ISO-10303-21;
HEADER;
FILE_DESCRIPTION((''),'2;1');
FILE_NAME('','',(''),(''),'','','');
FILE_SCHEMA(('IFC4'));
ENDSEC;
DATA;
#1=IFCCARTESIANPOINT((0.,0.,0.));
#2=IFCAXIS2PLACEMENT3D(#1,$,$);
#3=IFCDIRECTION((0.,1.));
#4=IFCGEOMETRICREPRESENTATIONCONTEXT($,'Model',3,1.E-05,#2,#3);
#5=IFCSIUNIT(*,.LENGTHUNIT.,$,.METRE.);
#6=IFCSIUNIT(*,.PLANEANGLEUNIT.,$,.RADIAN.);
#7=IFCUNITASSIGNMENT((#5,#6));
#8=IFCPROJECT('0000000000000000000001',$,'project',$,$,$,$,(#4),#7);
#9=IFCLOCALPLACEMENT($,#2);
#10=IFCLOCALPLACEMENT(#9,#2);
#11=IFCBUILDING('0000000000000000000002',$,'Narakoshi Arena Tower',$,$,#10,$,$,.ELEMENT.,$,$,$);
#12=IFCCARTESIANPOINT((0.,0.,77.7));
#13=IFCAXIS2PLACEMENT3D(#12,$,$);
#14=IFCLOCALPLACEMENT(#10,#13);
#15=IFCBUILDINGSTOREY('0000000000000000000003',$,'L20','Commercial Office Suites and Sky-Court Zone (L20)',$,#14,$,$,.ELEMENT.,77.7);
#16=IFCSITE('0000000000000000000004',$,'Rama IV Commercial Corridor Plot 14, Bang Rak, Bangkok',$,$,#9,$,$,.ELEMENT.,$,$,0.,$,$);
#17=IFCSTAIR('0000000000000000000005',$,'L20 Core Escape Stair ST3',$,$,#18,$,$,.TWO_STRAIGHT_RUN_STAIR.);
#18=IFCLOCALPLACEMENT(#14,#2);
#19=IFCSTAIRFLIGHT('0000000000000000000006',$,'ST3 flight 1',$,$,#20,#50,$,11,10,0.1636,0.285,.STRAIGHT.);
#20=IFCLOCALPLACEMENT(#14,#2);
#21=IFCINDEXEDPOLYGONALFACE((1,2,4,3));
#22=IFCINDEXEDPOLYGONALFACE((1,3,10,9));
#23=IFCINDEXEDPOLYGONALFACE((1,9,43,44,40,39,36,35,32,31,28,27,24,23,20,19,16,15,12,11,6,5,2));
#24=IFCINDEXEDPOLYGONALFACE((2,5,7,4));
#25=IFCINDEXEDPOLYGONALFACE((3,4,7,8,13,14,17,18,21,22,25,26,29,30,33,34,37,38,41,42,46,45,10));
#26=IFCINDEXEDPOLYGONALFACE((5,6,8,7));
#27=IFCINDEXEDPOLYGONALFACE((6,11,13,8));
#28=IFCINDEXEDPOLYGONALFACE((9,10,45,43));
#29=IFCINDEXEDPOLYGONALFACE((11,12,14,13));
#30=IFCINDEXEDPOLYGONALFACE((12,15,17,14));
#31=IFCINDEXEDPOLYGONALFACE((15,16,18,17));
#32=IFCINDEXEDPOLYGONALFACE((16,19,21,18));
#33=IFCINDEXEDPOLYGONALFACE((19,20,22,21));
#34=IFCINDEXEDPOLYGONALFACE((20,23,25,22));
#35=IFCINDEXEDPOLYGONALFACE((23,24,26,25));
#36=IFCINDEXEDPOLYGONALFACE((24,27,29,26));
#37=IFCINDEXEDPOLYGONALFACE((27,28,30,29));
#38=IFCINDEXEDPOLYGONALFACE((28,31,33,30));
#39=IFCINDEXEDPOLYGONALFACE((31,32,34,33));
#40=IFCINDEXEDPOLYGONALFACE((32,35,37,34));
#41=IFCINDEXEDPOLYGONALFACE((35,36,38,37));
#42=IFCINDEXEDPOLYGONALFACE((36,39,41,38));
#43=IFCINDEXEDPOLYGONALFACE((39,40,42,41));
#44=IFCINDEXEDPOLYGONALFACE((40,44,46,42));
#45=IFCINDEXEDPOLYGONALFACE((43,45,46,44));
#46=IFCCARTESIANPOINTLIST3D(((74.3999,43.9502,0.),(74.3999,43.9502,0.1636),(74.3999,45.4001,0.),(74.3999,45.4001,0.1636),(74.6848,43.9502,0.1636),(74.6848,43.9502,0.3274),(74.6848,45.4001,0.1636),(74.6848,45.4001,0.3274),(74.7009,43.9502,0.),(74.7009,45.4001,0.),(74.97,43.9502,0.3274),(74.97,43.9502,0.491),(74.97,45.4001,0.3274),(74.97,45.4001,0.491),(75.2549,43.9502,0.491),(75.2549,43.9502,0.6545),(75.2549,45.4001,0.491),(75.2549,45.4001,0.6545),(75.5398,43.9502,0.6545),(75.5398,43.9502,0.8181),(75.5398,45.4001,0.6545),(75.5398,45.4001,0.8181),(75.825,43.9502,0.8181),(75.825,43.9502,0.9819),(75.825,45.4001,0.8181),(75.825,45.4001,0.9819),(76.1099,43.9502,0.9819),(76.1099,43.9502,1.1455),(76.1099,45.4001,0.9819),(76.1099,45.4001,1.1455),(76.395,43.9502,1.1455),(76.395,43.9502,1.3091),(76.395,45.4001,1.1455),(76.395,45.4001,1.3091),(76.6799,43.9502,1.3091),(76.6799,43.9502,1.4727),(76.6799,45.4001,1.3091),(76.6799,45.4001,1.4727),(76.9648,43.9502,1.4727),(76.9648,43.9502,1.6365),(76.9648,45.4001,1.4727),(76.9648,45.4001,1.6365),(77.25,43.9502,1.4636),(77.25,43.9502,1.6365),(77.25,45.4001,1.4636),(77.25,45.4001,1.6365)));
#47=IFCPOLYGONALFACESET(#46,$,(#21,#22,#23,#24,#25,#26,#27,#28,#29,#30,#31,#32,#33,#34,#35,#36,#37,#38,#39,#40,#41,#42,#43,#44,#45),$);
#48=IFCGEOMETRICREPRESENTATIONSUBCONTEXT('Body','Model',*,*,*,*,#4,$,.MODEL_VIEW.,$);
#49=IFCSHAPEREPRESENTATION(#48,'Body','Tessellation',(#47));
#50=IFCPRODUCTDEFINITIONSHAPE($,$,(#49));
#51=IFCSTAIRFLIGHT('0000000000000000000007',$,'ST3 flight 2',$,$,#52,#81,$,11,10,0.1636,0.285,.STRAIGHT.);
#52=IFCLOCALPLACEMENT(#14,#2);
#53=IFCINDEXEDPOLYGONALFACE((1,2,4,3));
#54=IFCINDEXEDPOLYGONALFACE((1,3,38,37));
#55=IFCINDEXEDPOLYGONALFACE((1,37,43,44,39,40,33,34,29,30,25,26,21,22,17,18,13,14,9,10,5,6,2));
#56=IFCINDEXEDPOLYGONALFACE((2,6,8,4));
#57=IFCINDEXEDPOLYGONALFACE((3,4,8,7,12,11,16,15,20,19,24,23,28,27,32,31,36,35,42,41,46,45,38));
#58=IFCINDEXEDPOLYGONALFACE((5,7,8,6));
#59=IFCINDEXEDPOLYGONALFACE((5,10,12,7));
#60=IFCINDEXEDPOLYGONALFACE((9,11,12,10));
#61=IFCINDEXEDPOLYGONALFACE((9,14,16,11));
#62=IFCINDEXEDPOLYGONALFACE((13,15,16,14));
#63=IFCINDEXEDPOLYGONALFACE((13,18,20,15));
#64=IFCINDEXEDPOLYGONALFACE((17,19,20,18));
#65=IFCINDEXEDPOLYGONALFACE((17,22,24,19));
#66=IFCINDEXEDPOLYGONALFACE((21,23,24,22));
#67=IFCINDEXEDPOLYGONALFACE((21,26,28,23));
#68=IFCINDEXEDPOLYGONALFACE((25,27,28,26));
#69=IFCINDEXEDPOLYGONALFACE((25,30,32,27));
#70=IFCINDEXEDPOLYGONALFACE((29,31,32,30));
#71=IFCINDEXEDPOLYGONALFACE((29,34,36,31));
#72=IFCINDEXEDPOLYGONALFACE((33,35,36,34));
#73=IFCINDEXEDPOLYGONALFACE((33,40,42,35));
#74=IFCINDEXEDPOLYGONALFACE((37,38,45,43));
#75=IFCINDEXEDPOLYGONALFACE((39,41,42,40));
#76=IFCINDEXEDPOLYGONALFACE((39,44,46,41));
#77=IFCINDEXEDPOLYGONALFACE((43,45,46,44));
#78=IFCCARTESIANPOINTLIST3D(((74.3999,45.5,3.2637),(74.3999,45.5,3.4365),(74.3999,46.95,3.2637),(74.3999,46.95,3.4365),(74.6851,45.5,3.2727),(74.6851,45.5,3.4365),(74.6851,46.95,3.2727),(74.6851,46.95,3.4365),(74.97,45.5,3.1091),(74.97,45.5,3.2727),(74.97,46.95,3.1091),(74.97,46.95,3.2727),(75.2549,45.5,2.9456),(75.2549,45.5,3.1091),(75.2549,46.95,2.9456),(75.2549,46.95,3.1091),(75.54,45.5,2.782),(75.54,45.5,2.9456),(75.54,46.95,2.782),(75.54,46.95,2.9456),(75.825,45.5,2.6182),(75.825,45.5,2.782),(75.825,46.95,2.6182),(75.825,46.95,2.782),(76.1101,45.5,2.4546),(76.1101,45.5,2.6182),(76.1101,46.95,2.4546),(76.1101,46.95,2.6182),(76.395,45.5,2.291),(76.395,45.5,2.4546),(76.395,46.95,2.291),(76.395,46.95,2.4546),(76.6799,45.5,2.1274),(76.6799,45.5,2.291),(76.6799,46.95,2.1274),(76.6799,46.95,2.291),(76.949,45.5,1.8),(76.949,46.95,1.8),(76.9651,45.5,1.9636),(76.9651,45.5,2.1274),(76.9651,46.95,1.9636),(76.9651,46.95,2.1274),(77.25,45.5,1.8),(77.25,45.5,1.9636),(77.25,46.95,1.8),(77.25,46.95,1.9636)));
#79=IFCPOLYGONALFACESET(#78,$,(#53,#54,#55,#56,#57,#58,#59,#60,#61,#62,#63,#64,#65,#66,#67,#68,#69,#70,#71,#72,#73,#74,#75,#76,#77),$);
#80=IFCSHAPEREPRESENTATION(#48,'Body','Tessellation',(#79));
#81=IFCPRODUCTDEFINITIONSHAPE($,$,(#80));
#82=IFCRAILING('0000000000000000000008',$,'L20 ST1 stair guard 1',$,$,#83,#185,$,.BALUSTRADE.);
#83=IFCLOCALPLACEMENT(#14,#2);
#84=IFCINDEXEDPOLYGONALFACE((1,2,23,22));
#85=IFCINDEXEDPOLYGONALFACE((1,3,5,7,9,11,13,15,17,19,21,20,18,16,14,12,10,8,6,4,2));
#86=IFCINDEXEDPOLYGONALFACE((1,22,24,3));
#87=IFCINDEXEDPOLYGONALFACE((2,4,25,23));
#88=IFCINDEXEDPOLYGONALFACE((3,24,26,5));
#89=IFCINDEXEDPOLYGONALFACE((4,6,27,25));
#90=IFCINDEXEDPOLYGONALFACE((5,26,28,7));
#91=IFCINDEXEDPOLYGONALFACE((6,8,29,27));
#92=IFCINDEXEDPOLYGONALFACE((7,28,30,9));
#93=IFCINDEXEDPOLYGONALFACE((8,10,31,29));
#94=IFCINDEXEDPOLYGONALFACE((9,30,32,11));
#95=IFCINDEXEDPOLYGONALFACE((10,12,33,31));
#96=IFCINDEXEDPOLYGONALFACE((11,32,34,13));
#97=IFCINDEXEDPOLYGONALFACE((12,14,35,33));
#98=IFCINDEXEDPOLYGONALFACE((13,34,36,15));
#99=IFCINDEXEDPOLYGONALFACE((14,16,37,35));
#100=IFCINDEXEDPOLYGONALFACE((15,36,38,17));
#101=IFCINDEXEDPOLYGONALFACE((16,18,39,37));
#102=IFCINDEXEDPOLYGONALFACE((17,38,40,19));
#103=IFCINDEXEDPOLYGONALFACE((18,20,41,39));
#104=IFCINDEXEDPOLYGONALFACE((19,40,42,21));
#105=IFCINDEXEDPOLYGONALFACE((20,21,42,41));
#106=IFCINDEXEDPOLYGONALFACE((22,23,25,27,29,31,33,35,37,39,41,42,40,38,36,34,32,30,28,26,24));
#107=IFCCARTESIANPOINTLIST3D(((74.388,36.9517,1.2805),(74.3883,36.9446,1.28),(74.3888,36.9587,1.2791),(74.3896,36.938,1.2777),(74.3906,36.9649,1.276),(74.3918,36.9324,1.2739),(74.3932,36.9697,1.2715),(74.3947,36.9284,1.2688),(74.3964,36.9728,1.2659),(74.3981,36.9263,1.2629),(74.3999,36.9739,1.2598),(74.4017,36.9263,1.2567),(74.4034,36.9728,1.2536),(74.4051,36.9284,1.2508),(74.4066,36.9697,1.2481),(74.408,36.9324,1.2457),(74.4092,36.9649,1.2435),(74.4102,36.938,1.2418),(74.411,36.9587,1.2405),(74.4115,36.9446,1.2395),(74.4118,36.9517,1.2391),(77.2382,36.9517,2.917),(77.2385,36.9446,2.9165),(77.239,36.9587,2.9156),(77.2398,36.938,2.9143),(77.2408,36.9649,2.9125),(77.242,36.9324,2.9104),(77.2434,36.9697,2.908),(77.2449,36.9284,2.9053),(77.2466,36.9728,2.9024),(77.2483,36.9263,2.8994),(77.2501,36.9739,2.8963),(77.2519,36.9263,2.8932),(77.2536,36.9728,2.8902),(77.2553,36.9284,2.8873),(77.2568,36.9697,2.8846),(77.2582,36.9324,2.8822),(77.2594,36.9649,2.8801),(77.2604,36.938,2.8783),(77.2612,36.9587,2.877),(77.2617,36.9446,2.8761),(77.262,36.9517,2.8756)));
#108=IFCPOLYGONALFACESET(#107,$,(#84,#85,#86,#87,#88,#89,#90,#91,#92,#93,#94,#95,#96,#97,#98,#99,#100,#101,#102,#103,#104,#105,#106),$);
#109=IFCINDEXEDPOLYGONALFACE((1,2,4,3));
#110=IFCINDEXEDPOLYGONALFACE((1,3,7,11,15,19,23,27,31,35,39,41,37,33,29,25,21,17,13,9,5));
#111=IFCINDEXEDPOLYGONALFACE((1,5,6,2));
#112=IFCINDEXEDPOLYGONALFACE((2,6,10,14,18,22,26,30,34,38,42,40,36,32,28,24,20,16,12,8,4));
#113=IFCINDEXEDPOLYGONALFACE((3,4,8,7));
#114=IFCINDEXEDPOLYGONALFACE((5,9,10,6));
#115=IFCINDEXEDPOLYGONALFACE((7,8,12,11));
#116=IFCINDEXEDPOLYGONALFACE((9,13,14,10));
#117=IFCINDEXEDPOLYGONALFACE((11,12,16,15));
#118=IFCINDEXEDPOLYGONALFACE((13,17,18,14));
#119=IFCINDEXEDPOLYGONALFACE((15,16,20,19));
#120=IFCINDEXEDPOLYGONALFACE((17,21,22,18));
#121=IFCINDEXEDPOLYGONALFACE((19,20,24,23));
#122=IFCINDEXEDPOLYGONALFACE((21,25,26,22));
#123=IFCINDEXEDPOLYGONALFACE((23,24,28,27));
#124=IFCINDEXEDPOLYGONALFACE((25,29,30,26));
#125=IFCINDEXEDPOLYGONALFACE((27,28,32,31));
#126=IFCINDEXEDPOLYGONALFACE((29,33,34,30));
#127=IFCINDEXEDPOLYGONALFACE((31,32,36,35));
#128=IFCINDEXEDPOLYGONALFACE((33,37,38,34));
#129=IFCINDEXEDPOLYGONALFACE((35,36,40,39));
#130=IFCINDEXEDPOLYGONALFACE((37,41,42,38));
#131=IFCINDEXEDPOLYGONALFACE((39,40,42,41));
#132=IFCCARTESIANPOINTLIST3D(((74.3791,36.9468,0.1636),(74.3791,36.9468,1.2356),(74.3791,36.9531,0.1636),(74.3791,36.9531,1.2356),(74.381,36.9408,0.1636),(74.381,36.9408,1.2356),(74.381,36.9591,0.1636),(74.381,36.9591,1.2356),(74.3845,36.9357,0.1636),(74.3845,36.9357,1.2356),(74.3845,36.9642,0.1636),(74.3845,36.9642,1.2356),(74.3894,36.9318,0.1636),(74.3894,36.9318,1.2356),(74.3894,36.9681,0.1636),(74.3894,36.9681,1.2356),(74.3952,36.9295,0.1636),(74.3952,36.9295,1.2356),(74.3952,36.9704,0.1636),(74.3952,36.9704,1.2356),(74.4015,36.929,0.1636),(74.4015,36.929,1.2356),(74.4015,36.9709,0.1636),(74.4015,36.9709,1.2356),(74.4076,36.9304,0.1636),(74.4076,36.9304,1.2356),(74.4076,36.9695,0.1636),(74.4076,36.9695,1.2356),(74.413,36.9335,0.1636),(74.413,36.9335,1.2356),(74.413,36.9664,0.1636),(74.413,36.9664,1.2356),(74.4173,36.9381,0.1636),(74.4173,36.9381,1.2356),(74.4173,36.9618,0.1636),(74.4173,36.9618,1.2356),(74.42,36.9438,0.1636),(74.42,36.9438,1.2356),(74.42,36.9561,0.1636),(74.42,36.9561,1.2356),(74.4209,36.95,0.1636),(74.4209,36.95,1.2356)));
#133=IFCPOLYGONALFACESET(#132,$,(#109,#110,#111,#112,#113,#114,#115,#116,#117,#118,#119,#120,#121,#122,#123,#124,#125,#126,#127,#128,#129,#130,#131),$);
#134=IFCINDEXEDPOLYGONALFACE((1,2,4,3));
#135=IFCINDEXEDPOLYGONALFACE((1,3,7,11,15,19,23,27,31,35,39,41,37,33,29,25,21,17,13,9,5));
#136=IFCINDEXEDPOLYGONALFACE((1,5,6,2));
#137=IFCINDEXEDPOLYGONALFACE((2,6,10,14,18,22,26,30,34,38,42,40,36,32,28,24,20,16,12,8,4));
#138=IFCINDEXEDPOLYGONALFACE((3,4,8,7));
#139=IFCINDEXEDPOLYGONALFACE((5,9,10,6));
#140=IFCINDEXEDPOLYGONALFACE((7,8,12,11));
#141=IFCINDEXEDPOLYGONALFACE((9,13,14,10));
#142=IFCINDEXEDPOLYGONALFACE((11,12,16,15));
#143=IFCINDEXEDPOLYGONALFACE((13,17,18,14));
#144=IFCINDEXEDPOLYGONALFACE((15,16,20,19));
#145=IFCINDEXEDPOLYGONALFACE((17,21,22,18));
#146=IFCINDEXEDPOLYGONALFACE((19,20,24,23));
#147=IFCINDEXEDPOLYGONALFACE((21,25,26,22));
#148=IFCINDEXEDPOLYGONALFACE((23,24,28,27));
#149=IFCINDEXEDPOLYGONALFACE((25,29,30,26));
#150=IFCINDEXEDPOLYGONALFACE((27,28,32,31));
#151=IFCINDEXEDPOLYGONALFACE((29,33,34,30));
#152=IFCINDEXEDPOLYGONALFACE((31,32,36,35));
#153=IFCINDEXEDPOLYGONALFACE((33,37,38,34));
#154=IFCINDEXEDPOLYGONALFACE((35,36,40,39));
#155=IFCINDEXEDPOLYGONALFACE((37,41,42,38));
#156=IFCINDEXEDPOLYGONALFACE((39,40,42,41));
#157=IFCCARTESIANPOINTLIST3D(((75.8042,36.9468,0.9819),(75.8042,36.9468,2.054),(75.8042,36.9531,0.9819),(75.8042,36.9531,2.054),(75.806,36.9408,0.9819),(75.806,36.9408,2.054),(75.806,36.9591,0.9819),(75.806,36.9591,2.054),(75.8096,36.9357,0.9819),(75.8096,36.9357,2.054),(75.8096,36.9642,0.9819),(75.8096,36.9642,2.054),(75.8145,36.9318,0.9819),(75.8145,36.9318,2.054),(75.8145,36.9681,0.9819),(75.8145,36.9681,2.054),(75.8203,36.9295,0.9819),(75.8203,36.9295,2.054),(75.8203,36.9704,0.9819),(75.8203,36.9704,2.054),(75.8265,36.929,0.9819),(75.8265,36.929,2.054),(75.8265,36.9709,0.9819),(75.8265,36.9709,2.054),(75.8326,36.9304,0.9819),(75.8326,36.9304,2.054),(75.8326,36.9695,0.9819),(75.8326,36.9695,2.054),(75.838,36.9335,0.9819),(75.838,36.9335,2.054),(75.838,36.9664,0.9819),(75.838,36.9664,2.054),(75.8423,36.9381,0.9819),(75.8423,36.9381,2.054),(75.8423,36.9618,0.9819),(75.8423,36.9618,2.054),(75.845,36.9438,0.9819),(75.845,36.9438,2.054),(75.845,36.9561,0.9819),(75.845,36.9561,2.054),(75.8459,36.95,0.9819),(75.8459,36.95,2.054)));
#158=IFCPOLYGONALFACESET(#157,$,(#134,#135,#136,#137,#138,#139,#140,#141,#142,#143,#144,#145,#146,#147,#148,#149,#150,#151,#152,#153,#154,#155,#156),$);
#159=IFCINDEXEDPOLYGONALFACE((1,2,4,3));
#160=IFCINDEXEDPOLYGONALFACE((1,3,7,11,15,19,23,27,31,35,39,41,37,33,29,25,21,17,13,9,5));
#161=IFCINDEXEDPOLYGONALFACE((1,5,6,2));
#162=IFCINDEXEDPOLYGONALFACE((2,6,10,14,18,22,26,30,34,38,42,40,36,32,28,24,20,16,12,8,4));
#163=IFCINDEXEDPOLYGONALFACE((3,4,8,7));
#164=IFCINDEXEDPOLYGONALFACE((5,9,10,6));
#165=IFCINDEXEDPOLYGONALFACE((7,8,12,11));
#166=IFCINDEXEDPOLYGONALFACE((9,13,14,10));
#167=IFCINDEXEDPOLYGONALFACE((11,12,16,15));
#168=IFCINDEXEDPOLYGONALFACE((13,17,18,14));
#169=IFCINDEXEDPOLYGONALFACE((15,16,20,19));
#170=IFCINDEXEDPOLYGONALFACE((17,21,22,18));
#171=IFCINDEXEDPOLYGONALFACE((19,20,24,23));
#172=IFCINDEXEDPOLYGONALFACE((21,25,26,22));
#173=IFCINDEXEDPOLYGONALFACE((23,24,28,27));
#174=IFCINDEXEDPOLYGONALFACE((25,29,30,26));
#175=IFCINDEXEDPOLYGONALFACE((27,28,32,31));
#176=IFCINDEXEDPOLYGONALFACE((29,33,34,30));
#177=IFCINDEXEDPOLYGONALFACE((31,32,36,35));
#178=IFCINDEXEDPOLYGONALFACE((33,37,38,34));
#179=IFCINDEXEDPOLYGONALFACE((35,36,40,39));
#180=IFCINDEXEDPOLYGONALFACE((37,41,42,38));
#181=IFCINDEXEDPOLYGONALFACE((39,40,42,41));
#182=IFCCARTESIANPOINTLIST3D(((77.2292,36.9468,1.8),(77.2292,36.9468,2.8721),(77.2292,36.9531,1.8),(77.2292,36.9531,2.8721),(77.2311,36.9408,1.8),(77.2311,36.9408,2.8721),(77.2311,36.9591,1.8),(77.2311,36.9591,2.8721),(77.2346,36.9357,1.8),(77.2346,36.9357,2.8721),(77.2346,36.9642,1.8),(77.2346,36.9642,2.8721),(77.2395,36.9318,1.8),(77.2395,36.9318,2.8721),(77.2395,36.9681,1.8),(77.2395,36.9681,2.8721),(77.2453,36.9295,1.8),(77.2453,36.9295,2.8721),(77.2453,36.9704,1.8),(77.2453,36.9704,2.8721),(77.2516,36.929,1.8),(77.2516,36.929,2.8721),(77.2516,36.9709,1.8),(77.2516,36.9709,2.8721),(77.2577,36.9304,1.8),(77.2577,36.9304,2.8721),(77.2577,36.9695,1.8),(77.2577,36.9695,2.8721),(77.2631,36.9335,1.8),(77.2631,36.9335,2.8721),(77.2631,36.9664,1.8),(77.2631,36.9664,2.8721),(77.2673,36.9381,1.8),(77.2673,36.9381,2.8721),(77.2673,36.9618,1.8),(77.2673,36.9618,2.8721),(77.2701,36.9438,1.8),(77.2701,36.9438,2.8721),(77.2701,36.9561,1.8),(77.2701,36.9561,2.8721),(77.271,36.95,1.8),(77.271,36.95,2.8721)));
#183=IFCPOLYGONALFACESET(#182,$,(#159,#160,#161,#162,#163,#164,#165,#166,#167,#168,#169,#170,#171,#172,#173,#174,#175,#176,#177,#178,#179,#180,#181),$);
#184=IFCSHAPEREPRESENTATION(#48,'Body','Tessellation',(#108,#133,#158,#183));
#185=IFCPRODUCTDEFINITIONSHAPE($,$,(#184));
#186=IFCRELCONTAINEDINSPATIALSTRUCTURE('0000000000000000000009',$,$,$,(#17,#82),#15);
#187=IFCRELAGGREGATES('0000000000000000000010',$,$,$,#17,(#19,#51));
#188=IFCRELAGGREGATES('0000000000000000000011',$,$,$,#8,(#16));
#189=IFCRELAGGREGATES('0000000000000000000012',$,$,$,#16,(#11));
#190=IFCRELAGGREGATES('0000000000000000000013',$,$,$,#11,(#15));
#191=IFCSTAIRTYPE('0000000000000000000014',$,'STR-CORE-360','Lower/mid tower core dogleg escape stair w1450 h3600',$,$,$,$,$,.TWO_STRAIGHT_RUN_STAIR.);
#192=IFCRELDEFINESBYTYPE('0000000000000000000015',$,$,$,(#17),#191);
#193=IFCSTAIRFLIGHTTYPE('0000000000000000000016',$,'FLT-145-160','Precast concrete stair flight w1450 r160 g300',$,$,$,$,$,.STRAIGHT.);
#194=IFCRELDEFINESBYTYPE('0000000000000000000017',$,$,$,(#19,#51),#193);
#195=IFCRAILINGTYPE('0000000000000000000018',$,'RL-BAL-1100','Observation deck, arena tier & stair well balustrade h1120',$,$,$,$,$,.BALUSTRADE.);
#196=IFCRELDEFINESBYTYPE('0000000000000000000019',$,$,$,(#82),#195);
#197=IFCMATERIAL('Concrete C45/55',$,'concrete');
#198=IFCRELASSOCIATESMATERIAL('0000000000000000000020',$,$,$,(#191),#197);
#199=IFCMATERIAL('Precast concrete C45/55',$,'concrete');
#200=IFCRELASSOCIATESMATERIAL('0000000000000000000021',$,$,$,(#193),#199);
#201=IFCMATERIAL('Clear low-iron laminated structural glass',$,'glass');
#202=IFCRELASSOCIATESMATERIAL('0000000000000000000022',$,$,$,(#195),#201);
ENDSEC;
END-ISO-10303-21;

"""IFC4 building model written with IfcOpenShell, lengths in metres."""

from ifc_helpers import new_model, si_unit, direction, frame, origin, origin_2d, place, context, subcontext, project, spatial, polyline, circle, outline, extrude, material, type_object, element, aggregate, save


model = new_model("IFC4")

# Units and contexts
model_context = context("Model", 3, precision=1e-05, world=origin(), true_north=direction((0.0, 1.0)))
body_context = subcontext(model_context, "Body", "Model", "MODEL_VIEW")
ifc_project = project(units=[si_unit("LENGTHUNIT", "METRE"), si_unit("PLANEANGLEUNIT", "RADIAN")], contexts=[model_context])

# Site, building, storey
site_placement = place(None, origin())
site = spatial("IfcSite", under=ifc_project, at=site_placement, Name="Rama IV Commercial Corridor Plot 14, Bang Rak, Bangkok", CompositionType="ELEMENT", RefElevation=0.0)
building_placement = place(site_placement, origin())
building = spatial("IfcBuilding", under=site, at=building_placement, Name="Narakoshi Arena Tower", CompositionType="ELEMENT")
storey_placement = place(building_placement, frame((0.0, 0.0, 77.7)))
storey = spatial("IfcBuildingStorey", under=building, at=storey_placement, Name="L20", Description="Commercial Office Suites and Sky-Court Zone (L20)", CompositionType="ELEMENT", Elevation=77.7)

# Stair, stair flights
ifc_material_1 = material(Name="Concrete C45/55", Category="concrete")
stair_type = type_object("IfcStairType", Name="STR-CORE-360", Description="Lower/mid tower core dogleg escape stair w1450 h3600", PredefinedType="TWO_STRAIGHT_RUN_STAIR", material=ifc_material_1)
ifc_material_2 = material(Name="Precast concrete C45/55", Category="concrete")
stair_flight_type = type_object("IfcStairFlightType", Name="FLT-145-160", Description="Precast concrete stair flight w1450 r160 g300", PredefinedType="STRAIGHT", material=ifc_material_2)
stair_1_placement = place(storey_placement, origin())
stair_1 = element("IfcStair", 1, at=stair_1_placement, inside=storey, type_object=stair_type, Name="L20 Core Escape Stair ST3", PredefinedType="TWO_STRAIGHT_RUN_STAIR")
stair_flight_1_placement = place(storey_placement, frame((74.3999, 44.675, 0.0), z_axis=(0.0, 0.0, 1.0), x_axis=(1.0, 0.0, 0.0)))
stair_flight_1 = element("IfcStairFlight", 2, at=stair_flight_1_placement, type_object=stair_flight_type, Name="ST3 flight 1", NumberOfRisers=11, NumberOfTreads=10, PredefinedType="STRAIGHT", RiserHeight=0.1636, TreadLength=0.285, context=body_context, shape_type="SweptSolid", body=[
    extrude(outline(polyline([(0.0, 0.0), (0.0, 0.1636), (0.2849, 0.1636), (0.2849, 0.3274), (0.5701, 0.3274), (0.5701, 0.491), (0.855, 0.491), (0.855, 0.6545), (1.1399, 0.6545), (1.1399, 0.8181), (1.425, 0.8181), (1.425, 0.9819), (1.71, 0.9819), (1.71, 1.1455), (1.9951, 1.1455), (1.9951, 1.3091), (2.28, 1.3091), (2.28, 1.4727), (2.5649, 1.4727), (2.5649, 1.6365), (2.8501, 1.6365), (2.8501, 1.8), (2.8501, 1.4636), (0.301, 0.0), (0.0, 0.0)])), frame((0.0, 0.7251, 0.0), z_axis=(0.0, -1.0, 0.0), x_axis=(1.0, 0.0, 0.0)), (0.0, 0.0, 1.0), 1.45),
])
stair_flight_2_placement = place(storey_placement, frame((77.25, 46.2251, 1.8), z_axis=(0.0, 0.0, 1.0), x_axis=(-1.0, 0.0, 0.0)))
stair_flight_2 = element("IfcStairFlight", 3, at=stair_flight_2_placement, type_object=stair_flight_type, Name="ST3 flight 2", NumberOfRisers=11, NumberOfTreads=10, PredefinedType="STRAIGHT", RiserHeight=0.1636, TreadLength=0.285, context=body_context, shape_type="SweptSolid", body=[
    extrude(outline(polyline([(0.0, 0.0), (0.0, 0.1636), (0.2849, 0.1636), (0.2849, 0.3274), (0.5701, 0.3274), (0.5701, 0.491), (0.855, 0.491), (0.855, 0.6545), (1.1399, 0.6545), (1.1399, 0.8181), (1.425, 0.8181), (1.425, 0.9819), (1.71, 0.9819), (1.71, 1.1455), (1.9951, 1.1455), (1.9951, 1.3091), (2.28, 1.3091), (2.28, 1.4727), (2.5649, 1.4727), (2.5649, 1.6365), (2.8501, 1.6365), (2.8501, 1.8), (2.8501, 1.4636), (0.301, 0.0), (0.0, 0.0)])), frame((0.0, 0.7251, 0.0), z_axis=(0.0, -1.0, 0.0), x_axis=(1.0, 0.0, 0.0)), (0.0, 0.0, 1.0), 1.45),
])
aggregate(stair_1, [stair_flight_1, stair_flight_2])

# Railing
ifc_material_3 = material(Name="Clear low-iron laminated structural glass", Category="glass")
railing_type_1 = type_object("IfcRailingType", Name="RL-BAL-1100", Description="Observation deck, arena tier & stair well balustrade h1120", PredefinedType="BALUSTRADE", material=ifc_material_3)
railing_1_placement = place(storey_placement, frame((74.3999, 36.95, 0.1636)))
element("IfcRailing", 4, at=railing_1_placement, inside=storey, type_object=railing_type_1, Name="L20 ST1 stair guard 1", PredefinedType="BALUSTRADE", context=body_context, shape_type="SweptSolid", body=[
    extrude(circle(Radius=0.0239, at=origin_2d()), frame((0.0, 0.0, 1.0962), z_axis=(0.867213, 0.0, 0.497938), x_axis=(0.0, 1.0, 0.0)), (0.0, 0.0, 1.0), 3.2866),
    extrude(circle(Radius=0.021, at=origin_2d()), origin(), (0.0, 0.0, 1.0), 1.072),
    extrude(circle(Radius=0.021, at=origin_2d()), frame((1.425, 0.0, 0.8184)), (0.0, 0.0, 1.0), 1.072),
    extrude(circle(Radius=0.021, at=origin_2d()), frame((2.8501, 0.0, 1.6365)), (0.0, 0.0, 1.0), 1.072),
])

save(model, "model.ifc")
